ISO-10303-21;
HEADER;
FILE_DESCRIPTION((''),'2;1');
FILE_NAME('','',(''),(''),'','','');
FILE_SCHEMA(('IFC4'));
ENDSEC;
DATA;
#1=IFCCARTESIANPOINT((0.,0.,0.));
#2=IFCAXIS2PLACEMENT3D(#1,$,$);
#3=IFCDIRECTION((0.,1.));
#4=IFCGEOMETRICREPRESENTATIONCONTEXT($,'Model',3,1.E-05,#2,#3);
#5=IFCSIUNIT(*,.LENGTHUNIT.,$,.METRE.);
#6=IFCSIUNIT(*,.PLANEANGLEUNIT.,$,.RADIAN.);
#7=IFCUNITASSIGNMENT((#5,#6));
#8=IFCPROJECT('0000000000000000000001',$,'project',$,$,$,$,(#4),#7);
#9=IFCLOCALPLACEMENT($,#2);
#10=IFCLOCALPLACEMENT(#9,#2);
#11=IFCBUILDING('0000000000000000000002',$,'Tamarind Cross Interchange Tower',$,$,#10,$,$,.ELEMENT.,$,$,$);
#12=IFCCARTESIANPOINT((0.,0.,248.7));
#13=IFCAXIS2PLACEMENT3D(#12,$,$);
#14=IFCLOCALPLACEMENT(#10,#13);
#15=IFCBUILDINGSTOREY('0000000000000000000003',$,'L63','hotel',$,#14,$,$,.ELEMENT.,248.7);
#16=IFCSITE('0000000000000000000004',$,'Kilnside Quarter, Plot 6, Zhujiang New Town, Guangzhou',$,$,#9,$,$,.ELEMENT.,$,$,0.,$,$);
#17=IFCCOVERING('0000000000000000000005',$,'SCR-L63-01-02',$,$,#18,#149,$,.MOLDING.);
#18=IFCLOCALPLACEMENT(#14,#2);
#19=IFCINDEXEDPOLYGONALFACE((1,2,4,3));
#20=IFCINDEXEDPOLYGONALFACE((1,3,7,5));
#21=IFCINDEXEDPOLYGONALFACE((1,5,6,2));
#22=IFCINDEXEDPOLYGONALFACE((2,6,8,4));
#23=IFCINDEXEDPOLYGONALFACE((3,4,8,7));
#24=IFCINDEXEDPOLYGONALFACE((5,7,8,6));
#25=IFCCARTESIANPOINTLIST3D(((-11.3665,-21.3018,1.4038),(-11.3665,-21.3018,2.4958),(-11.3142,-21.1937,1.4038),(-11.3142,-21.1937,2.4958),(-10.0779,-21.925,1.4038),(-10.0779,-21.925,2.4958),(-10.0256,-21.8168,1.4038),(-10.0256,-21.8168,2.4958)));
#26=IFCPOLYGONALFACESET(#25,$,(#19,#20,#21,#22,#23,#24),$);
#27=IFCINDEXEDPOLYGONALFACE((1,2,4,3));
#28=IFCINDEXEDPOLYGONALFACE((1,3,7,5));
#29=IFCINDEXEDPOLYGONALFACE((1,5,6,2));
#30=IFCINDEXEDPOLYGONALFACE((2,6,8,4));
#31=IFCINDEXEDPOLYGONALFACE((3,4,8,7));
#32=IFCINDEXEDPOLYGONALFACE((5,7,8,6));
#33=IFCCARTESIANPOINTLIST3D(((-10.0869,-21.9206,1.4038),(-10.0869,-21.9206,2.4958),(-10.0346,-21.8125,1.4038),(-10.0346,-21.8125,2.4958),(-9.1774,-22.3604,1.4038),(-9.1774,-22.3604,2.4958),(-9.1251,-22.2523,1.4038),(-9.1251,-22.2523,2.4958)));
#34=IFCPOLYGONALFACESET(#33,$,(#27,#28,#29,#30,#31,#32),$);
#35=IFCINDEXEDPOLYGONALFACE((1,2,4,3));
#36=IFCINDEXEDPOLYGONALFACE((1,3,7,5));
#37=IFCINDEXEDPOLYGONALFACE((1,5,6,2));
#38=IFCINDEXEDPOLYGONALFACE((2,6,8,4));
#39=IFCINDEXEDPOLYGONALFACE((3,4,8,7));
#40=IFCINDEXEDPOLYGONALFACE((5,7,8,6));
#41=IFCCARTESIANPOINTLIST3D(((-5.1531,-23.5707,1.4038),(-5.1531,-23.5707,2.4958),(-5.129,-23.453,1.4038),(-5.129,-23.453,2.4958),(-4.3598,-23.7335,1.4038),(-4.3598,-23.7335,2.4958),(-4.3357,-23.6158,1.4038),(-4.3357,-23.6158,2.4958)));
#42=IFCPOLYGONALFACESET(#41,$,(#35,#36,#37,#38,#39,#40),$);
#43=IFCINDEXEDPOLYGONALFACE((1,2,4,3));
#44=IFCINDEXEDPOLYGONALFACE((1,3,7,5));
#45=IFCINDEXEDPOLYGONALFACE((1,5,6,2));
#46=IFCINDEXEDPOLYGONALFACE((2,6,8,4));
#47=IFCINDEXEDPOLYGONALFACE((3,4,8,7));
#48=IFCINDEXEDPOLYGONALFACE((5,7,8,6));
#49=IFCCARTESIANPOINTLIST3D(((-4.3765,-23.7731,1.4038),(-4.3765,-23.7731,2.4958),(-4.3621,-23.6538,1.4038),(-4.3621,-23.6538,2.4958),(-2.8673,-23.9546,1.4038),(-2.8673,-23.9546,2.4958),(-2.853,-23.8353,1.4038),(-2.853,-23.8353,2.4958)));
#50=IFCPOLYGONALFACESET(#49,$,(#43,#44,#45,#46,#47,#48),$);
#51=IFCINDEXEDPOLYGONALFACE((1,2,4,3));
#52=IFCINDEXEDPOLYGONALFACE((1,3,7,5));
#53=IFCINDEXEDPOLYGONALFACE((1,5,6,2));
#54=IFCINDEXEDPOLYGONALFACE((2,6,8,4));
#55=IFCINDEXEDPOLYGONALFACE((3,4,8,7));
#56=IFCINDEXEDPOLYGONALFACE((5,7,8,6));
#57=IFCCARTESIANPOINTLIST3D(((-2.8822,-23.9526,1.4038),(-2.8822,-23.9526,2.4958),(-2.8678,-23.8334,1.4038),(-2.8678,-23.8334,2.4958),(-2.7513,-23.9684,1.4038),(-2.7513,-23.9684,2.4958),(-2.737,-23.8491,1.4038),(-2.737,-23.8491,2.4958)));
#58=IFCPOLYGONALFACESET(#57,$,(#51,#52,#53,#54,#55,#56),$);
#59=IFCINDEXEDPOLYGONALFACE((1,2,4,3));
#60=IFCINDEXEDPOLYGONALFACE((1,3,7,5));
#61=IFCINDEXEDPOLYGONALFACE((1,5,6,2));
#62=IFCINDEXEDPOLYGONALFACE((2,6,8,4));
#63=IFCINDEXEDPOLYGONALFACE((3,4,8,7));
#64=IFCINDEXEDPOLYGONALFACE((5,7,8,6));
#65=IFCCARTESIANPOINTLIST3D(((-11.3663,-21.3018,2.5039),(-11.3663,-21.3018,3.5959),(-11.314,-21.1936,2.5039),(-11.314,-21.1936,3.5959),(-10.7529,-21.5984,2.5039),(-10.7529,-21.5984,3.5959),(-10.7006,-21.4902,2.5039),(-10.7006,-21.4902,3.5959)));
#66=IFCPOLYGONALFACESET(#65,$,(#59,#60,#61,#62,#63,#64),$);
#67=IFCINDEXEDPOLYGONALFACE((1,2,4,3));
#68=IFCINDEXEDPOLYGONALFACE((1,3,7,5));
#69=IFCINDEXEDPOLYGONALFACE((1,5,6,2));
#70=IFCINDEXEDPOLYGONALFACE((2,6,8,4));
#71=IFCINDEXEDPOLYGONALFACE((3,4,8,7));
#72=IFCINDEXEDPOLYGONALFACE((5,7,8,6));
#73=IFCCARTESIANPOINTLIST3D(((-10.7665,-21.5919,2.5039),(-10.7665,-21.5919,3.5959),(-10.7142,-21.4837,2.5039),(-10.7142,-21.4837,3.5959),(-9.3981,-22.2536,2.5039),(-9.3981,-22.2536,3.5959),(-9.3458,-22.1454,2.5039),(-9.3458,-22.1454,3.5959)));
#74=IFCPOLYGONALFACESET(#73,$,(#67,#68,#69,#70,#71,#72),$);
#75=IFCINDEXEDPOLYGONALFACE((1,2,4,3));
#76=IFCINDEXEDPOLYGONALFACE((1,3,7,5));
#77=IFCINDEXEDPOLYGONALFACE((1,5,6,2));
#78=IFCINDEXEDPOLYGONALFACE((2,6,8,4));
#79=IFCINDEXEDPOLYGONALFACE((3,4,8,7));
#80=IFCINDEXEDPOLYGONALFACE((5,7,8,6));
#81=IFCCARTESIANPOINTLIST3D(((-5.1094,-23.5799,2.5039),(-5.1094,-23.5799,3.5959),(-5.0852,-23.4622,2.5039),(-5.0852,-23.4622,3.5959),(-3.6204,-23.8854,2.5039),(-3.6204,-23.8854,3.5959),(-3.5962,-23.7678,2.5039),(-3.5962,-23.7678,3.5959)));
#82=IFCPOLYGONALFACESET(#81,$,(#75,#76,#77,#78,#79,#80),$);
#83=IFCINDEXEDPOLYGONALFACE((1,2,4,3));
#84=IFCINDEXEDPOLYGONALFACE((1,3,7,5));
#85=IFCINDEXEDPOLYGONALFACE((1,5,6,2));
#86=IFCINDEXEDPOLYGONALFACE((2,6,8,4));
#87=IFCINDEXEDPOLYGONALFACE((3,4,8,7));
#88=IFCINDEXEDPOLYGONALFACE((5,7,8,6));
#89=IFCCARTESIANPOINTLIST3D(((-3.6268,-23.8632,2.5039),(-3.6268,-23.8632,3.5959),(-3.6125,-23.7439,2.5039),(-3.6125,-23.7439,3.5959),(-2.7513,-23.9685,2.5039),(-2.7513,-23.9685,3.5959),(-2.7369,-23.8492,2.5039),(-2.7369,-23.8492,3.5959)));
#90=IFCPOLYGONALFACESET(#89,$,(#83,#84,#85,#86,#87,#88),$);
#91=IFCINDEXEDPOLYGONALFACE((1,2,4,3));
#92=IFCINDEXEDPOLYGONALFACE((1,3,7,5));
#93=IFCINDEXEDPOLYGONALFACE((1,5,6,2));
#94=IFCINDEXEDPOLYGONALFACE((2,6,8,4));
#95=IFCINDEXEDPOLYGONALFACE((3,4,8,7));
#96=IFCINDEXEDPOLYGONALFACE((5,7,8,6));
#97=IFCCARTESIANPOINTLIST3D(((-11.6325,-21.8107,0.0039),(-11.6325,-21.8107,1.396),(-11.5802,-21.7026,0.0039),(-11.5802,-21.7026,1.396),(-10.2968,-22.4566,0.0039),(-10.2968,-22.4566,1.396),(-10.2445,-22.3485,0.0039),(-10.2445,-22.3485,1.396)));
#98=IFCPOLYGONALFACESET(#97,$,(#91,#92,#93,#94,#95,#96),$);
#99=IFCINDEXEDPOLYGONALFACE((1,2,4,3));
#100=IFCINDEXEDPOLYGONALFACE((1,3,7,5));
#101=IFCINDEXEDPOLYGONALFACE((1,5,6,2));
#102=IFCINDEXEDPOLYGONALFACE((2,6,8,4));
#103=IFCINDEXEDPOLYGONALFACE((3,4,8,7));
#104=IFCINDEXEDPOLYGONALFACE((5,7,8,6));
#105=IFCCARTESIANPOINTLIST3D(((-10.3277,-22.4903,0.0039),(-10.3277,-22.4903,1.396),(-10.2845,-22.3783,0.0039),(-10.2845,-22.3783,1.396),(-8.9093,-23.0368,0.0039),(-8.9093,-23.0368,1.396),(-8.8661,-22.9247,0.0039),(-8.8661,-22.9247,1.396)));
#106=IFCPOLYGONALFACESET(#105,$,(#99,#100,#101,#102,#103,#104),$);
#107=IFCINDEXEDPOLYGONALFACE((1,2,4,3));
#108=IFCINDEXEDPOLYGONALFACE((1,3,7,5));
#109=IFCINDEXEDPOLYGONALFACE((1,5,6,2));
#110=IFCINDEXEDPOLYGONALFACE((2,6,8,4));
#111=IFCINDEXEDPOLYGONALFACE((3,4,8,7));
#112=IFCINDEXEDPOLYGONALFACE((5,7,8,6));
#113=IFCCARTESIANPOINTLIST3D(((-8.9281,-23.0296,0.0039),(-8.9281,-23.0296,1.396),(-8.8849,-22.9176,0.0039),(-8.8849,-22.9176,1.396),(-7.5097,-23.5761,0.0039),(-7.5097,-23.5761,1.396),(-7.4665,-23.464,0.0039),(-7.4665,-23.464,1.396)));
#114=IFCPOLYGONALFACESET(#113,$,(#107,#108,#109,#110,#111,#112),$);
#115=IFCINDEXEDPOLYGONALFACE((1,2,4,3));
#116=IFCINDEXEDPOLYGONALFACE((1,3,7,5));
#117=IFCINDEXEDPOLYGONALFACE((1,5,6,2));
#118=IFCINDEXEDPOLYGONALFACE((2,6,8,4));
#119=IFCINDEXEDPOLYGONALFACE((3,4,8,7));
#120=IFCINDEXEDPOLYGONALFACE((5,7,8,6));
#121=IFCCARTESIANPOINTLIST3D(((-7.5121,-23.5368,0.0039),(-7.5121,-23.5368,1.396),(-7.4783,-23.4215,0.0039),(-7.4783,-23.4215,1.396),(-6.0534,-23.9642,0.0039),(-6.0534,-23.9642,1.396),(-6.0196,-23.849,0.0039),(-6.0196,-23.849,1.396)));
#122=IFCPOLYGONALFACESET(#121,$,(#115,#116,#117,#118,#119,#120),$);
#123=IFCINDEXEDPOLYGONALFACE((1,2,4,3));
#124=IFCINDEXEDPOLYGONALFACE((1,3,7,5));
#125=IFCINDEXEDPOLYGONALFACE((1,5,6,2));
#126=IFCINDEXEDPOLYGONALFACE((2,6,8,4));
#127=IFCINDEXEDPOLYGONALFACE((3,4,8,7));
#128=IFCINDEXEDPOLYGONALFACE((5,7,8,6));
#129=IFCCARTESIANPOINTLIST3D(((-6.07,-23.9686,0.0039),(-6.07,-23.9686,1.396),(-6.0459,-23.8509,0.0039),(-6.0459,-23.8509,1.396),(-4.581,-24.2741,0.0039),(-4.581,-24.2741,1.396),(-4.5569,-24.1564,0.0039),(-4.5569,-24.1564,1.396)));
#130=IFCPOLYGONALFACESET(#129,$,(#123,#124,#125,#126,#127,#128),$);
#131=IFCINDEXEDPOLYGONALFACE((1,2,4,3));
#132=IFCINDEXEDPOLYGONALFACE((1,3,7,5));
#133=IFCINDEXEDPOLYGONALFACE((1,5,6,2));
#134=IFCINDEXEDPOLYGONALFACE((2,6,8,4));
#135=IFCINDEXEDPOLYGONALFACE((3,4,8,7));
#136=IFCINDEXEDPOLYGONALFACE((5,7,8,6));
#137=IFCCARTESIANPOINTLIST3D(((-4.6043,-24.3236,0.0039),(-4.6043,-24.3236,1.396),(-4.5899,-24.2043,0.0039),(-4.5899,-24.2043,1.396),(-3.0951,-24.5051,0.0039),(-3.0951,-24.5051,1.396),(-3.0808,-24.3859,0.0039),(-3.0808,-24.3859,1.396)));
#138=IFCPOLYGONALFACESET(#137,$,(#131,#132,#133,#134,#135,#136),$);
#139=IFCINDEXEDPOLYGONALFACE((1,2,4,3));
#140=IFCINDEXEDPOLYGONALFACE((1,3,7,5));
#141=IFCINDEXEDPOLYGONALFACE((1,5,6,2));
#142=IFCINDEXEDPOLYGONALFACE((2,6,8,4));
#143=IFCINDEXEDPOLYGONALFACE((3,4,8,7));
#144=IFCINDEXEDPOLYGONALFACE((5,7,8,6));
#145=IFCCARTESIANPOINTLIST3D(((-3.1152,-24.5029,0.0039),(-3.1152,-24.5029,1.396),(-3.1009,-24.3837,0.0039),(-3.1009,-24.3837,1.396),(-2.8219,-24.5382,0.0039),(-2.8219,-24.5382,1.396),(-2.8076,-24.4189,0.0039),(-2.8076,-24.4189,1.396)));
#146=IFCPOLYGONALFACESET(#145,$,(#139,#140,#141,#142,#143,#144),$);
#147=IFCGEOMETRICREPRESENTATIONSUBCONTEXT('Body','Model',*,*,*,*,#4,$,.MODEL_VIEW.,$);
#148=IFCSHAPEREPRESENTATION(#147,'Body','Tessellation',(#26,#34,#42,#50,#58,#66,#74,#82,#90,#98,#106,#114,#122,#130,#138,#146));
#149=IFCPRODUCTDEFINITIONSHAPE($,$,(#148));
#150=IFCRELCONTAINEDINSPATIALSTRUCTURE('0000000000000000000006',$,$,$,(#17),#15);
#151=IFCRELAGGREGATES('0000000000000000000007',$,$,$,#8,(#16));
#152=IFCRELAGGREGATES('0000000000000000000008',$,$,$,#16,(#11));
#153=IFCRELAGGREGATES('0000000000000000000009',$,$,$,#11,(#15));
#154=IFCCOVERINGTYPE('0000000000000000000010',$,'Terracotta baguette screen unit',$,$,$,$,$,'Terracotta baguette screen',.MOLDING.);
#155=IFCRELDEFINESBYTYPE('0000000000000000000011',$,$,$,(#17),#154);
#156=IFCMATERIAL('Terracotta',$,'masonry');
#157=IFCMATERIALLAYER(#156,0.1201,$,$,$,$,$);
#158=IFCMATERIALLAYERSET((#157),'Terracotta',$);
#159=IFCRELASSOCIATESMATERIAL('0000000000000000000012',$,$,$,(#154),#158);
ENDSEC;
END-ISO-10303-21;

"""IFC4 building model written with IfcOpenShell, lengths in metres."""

from ifc_helpers import new_model, si_unit, direction, frame, origin, origin_2d, place, context, subcontext, project, spatial, rectangle, extrude, material, layer, layer_set, type_object, element, save


model = new_model("IFC4")

# Units and contexts
model_context = context("Model", 3, precision=1e-05, world=origin(), true_north=direction((0.0, 1.0)))
body_context = subcontext(model_context, "Body", "Model", "MODEL_VIEW")
ifc_project = project(units=[si_unit("LENGTHUNIT", "METRE"), si_unit("PLANEANGLEUNIT", "RADIAN")], contexts=[model_context])

# Site, building, storey
site_placement = place(None, origin())
site = spatial("IfcSite", under=ifc_project, at=site_placement, Name="Kilnside Quarter, Plot 6, Zhujiang New Town, Guangzhou", CompositionType="ELEMENT", RefElevation=0.0)
building_placement = place(site_placement, origin())
building = spatial("IfcBuilding", under=site, at=building_placement, Name="Tamarind Cross Interchange Tower", CompositionType="ELEMENT")
storey_placement = place(building_placement, frame((0.0, 0.0, 248.7)))
storey = spatial("IfcBuildingStorey", under=building, at=storey_placement, Name="L63", Description="hotel", CompositionType="ELEMENT", Elevation=248.7)

# Covering
ifc_material_1 = material(Name="Terracotta", Category="masonry")
ifc_layer_1 = layer(ifc_material_1, 0.1201)
ifc_layer_set_1 = layer_set([ifc_layer_1], Name="Terracotta")
covering_type = type_object("IfcCoveringType", Name="Terracotta baguette screen unit", ElementType="Terracotta baguette screen", PredefinedType="MOLDING", material=ifc_layer_set_1)
covering_1_placement = place(storey_placement, origin())
element("IfcCovering", 1, at=covering_1_placement, inside=storey, type_object=covering_type, Name="SCR-L63-01-02", PredefinedType="MOLDING", context=body_context, shape_type="SweptSolid", body=[
    extrude(rectangle(XDim=1.4314, YDim=0.1201, at=origin_2d()), frame((-10.696, -21.5593, 1.4038), z_axis=(0.0, 0.0, 1.0), x_axis=(0.900273, -0.435326, 0.0)), (0.0, 0.0, 1.0), 1.092),
    extrude(rectangle(XDim=1.0103, YDim=0.1201, at=origin_2d()), frame((-9.606, -22.0864, 1.4038), z_axis=(0.0, 0.0, 1.0), x_axis=(0.900273, -0.435326, 0.0)), (0.0, 0.0, 1.0), 1.092),
    extrude(rectangle(XDim=0.8098, YDim=0.1201, at=origin_2d()), frame((-4.7444, -23.5933, 1.4038), z_axis=(0.0, 0.0, 1.0), x_axis=(0.979591, -0.201001, 0.0)), (0.0, 0.0, 1.0), 1.092),
    extrude(rectangle(XDim=1.52, YDim=0.1201, at=origin_2d()), frame((-3.6147, -23.8042, 1.4038), z_axis=(0.0, 0.0, 1.0), x_axis=(0.992844, -0.119421, 0.0)), (0.0, 0.0, 1.0), 1.092),
    extrude(rectangle(XDim=0.1318, YDim=0.1201, at=origin_2d()), frame((-2.8096, -23.9009, 1.4038), z_axis=(0.0, 0.0, 1.0), x_axis=(0.992844, -0.119421, 0.0)), (0.0, 0.0, 1.0), 1.092),
    extrude(rectangle(XDim=0.6814, YDim=0.1201, at=origin_2d()), frame((-11.0334, -21.396, 2.5039), z_axis=(0.0, 0.0, 1.0), x_axis=(0.900273, -0.435326, 0.0)), (0.0, 0.0, 1.0), 1.092),
    extrude(rectangle(XDim=1.52, YDim=0.1201, at=origin_2d()), frame((-10.0562, -21.8687, 2.5039), z_axis=(0.0, 0.0, 1.0), x_axis=(0.900273, -0.435326, 0.0)), (0.0, 0.0, 1.0), 1.092),
    extrude(rectangle(XDim=1.52, YDim=0.1201, at=origin_2d()), frame((-4.3528, -23.6738, 2.5039), z_axis=(0.0, 0.0, 1.0), x_axis=(0.979591, -0.201001, 0.0)), (0.0, 0.0, 1.0), 1.092),
    extrude(rectangle(XDim=0.8818, YDim=0.1201, at=origin_2d()), frame((-3.1819, -23.8562, 2.5039), z_axis=(0.0, 0.0, 1.0), x_axis=(0.992844, -0.119421, 0.0)), (0.0, 0.0, 1.0), 1.092),
    extrude(rectangle(XDim=1.4836, YDim=0.1201, at=origin_2d()), frame((-10.9385, -22.0796, 0.0039), z_axis=(0.0, 0.0, 1.0), x_axis=(0.900273, -0.435326, 0.0)), (0.0, 0.0, 1.0), 1.3921),
    extrude(rectangle(XDim=1.52, YDim=0.1201, at=origin_2d()), frame((-9.5969, -22.7075, 0.0039), z_axis=(0.0, 0.0, 1.0), x_axis=(0.933147, -0.359495, 0.0)), (0.0, 0.0, 1.0), 1.3921),
    extrude(rectangle(XDim=1.52, YDim=0.1201, at=origin_2d()), frame((-8.1973, -23.2468, 0.0039), z_axis=(0.0, 0.0, 1.0), x_axis=(0.933147, -0.359495, 0.0)), (0.0, 0.0, 1.0), 1.3921),
    extrude(rectangle(XDim=1.52, YDim=0.1201, at=origin_2d()), frame((-6.7659, -23.6929, 0.0039), z_axis=(0.0, 0.0, 1.0), x_axis=(0.959647, -0.281209, 0.0)), (0.0, 0.0, 1.0), 1.3921),
    extrude(rectangle(XDim=1.52, YDim=0.1201, at=origin_2d()), frame((-5.3135, -24.0625, 0.0039), z_axis=(0.0, 0.0, 1.0), x_axis=(0.979591, -0.201001, 0.0)), (0.0, 0.0, 1.0), 1.3921),
    extrude(rectangle(XDim=1.52, YDim=0.1201, at=origin_2d()), frame((-3.8425, -24.3547, 0.0039), z_axis=(0.0, 0.0, 1.0), x_axis=(0.992844, -0.119421, 0.0)), (0.0, 0.0, 1.0), 1.3921),
    extrude(rectangle(XDim=0.2954, YDim=0.1201, at=origin_2d()), frame((-2.9614, -24.4609, 0.0039), z_axis=(0.0, 0.0, 1.0), x_axis=(0.992844, -0.119421, 0.0)), (0.0, 0.0, 1.0), 1.3921),
])

save(model, "model.ifc")
